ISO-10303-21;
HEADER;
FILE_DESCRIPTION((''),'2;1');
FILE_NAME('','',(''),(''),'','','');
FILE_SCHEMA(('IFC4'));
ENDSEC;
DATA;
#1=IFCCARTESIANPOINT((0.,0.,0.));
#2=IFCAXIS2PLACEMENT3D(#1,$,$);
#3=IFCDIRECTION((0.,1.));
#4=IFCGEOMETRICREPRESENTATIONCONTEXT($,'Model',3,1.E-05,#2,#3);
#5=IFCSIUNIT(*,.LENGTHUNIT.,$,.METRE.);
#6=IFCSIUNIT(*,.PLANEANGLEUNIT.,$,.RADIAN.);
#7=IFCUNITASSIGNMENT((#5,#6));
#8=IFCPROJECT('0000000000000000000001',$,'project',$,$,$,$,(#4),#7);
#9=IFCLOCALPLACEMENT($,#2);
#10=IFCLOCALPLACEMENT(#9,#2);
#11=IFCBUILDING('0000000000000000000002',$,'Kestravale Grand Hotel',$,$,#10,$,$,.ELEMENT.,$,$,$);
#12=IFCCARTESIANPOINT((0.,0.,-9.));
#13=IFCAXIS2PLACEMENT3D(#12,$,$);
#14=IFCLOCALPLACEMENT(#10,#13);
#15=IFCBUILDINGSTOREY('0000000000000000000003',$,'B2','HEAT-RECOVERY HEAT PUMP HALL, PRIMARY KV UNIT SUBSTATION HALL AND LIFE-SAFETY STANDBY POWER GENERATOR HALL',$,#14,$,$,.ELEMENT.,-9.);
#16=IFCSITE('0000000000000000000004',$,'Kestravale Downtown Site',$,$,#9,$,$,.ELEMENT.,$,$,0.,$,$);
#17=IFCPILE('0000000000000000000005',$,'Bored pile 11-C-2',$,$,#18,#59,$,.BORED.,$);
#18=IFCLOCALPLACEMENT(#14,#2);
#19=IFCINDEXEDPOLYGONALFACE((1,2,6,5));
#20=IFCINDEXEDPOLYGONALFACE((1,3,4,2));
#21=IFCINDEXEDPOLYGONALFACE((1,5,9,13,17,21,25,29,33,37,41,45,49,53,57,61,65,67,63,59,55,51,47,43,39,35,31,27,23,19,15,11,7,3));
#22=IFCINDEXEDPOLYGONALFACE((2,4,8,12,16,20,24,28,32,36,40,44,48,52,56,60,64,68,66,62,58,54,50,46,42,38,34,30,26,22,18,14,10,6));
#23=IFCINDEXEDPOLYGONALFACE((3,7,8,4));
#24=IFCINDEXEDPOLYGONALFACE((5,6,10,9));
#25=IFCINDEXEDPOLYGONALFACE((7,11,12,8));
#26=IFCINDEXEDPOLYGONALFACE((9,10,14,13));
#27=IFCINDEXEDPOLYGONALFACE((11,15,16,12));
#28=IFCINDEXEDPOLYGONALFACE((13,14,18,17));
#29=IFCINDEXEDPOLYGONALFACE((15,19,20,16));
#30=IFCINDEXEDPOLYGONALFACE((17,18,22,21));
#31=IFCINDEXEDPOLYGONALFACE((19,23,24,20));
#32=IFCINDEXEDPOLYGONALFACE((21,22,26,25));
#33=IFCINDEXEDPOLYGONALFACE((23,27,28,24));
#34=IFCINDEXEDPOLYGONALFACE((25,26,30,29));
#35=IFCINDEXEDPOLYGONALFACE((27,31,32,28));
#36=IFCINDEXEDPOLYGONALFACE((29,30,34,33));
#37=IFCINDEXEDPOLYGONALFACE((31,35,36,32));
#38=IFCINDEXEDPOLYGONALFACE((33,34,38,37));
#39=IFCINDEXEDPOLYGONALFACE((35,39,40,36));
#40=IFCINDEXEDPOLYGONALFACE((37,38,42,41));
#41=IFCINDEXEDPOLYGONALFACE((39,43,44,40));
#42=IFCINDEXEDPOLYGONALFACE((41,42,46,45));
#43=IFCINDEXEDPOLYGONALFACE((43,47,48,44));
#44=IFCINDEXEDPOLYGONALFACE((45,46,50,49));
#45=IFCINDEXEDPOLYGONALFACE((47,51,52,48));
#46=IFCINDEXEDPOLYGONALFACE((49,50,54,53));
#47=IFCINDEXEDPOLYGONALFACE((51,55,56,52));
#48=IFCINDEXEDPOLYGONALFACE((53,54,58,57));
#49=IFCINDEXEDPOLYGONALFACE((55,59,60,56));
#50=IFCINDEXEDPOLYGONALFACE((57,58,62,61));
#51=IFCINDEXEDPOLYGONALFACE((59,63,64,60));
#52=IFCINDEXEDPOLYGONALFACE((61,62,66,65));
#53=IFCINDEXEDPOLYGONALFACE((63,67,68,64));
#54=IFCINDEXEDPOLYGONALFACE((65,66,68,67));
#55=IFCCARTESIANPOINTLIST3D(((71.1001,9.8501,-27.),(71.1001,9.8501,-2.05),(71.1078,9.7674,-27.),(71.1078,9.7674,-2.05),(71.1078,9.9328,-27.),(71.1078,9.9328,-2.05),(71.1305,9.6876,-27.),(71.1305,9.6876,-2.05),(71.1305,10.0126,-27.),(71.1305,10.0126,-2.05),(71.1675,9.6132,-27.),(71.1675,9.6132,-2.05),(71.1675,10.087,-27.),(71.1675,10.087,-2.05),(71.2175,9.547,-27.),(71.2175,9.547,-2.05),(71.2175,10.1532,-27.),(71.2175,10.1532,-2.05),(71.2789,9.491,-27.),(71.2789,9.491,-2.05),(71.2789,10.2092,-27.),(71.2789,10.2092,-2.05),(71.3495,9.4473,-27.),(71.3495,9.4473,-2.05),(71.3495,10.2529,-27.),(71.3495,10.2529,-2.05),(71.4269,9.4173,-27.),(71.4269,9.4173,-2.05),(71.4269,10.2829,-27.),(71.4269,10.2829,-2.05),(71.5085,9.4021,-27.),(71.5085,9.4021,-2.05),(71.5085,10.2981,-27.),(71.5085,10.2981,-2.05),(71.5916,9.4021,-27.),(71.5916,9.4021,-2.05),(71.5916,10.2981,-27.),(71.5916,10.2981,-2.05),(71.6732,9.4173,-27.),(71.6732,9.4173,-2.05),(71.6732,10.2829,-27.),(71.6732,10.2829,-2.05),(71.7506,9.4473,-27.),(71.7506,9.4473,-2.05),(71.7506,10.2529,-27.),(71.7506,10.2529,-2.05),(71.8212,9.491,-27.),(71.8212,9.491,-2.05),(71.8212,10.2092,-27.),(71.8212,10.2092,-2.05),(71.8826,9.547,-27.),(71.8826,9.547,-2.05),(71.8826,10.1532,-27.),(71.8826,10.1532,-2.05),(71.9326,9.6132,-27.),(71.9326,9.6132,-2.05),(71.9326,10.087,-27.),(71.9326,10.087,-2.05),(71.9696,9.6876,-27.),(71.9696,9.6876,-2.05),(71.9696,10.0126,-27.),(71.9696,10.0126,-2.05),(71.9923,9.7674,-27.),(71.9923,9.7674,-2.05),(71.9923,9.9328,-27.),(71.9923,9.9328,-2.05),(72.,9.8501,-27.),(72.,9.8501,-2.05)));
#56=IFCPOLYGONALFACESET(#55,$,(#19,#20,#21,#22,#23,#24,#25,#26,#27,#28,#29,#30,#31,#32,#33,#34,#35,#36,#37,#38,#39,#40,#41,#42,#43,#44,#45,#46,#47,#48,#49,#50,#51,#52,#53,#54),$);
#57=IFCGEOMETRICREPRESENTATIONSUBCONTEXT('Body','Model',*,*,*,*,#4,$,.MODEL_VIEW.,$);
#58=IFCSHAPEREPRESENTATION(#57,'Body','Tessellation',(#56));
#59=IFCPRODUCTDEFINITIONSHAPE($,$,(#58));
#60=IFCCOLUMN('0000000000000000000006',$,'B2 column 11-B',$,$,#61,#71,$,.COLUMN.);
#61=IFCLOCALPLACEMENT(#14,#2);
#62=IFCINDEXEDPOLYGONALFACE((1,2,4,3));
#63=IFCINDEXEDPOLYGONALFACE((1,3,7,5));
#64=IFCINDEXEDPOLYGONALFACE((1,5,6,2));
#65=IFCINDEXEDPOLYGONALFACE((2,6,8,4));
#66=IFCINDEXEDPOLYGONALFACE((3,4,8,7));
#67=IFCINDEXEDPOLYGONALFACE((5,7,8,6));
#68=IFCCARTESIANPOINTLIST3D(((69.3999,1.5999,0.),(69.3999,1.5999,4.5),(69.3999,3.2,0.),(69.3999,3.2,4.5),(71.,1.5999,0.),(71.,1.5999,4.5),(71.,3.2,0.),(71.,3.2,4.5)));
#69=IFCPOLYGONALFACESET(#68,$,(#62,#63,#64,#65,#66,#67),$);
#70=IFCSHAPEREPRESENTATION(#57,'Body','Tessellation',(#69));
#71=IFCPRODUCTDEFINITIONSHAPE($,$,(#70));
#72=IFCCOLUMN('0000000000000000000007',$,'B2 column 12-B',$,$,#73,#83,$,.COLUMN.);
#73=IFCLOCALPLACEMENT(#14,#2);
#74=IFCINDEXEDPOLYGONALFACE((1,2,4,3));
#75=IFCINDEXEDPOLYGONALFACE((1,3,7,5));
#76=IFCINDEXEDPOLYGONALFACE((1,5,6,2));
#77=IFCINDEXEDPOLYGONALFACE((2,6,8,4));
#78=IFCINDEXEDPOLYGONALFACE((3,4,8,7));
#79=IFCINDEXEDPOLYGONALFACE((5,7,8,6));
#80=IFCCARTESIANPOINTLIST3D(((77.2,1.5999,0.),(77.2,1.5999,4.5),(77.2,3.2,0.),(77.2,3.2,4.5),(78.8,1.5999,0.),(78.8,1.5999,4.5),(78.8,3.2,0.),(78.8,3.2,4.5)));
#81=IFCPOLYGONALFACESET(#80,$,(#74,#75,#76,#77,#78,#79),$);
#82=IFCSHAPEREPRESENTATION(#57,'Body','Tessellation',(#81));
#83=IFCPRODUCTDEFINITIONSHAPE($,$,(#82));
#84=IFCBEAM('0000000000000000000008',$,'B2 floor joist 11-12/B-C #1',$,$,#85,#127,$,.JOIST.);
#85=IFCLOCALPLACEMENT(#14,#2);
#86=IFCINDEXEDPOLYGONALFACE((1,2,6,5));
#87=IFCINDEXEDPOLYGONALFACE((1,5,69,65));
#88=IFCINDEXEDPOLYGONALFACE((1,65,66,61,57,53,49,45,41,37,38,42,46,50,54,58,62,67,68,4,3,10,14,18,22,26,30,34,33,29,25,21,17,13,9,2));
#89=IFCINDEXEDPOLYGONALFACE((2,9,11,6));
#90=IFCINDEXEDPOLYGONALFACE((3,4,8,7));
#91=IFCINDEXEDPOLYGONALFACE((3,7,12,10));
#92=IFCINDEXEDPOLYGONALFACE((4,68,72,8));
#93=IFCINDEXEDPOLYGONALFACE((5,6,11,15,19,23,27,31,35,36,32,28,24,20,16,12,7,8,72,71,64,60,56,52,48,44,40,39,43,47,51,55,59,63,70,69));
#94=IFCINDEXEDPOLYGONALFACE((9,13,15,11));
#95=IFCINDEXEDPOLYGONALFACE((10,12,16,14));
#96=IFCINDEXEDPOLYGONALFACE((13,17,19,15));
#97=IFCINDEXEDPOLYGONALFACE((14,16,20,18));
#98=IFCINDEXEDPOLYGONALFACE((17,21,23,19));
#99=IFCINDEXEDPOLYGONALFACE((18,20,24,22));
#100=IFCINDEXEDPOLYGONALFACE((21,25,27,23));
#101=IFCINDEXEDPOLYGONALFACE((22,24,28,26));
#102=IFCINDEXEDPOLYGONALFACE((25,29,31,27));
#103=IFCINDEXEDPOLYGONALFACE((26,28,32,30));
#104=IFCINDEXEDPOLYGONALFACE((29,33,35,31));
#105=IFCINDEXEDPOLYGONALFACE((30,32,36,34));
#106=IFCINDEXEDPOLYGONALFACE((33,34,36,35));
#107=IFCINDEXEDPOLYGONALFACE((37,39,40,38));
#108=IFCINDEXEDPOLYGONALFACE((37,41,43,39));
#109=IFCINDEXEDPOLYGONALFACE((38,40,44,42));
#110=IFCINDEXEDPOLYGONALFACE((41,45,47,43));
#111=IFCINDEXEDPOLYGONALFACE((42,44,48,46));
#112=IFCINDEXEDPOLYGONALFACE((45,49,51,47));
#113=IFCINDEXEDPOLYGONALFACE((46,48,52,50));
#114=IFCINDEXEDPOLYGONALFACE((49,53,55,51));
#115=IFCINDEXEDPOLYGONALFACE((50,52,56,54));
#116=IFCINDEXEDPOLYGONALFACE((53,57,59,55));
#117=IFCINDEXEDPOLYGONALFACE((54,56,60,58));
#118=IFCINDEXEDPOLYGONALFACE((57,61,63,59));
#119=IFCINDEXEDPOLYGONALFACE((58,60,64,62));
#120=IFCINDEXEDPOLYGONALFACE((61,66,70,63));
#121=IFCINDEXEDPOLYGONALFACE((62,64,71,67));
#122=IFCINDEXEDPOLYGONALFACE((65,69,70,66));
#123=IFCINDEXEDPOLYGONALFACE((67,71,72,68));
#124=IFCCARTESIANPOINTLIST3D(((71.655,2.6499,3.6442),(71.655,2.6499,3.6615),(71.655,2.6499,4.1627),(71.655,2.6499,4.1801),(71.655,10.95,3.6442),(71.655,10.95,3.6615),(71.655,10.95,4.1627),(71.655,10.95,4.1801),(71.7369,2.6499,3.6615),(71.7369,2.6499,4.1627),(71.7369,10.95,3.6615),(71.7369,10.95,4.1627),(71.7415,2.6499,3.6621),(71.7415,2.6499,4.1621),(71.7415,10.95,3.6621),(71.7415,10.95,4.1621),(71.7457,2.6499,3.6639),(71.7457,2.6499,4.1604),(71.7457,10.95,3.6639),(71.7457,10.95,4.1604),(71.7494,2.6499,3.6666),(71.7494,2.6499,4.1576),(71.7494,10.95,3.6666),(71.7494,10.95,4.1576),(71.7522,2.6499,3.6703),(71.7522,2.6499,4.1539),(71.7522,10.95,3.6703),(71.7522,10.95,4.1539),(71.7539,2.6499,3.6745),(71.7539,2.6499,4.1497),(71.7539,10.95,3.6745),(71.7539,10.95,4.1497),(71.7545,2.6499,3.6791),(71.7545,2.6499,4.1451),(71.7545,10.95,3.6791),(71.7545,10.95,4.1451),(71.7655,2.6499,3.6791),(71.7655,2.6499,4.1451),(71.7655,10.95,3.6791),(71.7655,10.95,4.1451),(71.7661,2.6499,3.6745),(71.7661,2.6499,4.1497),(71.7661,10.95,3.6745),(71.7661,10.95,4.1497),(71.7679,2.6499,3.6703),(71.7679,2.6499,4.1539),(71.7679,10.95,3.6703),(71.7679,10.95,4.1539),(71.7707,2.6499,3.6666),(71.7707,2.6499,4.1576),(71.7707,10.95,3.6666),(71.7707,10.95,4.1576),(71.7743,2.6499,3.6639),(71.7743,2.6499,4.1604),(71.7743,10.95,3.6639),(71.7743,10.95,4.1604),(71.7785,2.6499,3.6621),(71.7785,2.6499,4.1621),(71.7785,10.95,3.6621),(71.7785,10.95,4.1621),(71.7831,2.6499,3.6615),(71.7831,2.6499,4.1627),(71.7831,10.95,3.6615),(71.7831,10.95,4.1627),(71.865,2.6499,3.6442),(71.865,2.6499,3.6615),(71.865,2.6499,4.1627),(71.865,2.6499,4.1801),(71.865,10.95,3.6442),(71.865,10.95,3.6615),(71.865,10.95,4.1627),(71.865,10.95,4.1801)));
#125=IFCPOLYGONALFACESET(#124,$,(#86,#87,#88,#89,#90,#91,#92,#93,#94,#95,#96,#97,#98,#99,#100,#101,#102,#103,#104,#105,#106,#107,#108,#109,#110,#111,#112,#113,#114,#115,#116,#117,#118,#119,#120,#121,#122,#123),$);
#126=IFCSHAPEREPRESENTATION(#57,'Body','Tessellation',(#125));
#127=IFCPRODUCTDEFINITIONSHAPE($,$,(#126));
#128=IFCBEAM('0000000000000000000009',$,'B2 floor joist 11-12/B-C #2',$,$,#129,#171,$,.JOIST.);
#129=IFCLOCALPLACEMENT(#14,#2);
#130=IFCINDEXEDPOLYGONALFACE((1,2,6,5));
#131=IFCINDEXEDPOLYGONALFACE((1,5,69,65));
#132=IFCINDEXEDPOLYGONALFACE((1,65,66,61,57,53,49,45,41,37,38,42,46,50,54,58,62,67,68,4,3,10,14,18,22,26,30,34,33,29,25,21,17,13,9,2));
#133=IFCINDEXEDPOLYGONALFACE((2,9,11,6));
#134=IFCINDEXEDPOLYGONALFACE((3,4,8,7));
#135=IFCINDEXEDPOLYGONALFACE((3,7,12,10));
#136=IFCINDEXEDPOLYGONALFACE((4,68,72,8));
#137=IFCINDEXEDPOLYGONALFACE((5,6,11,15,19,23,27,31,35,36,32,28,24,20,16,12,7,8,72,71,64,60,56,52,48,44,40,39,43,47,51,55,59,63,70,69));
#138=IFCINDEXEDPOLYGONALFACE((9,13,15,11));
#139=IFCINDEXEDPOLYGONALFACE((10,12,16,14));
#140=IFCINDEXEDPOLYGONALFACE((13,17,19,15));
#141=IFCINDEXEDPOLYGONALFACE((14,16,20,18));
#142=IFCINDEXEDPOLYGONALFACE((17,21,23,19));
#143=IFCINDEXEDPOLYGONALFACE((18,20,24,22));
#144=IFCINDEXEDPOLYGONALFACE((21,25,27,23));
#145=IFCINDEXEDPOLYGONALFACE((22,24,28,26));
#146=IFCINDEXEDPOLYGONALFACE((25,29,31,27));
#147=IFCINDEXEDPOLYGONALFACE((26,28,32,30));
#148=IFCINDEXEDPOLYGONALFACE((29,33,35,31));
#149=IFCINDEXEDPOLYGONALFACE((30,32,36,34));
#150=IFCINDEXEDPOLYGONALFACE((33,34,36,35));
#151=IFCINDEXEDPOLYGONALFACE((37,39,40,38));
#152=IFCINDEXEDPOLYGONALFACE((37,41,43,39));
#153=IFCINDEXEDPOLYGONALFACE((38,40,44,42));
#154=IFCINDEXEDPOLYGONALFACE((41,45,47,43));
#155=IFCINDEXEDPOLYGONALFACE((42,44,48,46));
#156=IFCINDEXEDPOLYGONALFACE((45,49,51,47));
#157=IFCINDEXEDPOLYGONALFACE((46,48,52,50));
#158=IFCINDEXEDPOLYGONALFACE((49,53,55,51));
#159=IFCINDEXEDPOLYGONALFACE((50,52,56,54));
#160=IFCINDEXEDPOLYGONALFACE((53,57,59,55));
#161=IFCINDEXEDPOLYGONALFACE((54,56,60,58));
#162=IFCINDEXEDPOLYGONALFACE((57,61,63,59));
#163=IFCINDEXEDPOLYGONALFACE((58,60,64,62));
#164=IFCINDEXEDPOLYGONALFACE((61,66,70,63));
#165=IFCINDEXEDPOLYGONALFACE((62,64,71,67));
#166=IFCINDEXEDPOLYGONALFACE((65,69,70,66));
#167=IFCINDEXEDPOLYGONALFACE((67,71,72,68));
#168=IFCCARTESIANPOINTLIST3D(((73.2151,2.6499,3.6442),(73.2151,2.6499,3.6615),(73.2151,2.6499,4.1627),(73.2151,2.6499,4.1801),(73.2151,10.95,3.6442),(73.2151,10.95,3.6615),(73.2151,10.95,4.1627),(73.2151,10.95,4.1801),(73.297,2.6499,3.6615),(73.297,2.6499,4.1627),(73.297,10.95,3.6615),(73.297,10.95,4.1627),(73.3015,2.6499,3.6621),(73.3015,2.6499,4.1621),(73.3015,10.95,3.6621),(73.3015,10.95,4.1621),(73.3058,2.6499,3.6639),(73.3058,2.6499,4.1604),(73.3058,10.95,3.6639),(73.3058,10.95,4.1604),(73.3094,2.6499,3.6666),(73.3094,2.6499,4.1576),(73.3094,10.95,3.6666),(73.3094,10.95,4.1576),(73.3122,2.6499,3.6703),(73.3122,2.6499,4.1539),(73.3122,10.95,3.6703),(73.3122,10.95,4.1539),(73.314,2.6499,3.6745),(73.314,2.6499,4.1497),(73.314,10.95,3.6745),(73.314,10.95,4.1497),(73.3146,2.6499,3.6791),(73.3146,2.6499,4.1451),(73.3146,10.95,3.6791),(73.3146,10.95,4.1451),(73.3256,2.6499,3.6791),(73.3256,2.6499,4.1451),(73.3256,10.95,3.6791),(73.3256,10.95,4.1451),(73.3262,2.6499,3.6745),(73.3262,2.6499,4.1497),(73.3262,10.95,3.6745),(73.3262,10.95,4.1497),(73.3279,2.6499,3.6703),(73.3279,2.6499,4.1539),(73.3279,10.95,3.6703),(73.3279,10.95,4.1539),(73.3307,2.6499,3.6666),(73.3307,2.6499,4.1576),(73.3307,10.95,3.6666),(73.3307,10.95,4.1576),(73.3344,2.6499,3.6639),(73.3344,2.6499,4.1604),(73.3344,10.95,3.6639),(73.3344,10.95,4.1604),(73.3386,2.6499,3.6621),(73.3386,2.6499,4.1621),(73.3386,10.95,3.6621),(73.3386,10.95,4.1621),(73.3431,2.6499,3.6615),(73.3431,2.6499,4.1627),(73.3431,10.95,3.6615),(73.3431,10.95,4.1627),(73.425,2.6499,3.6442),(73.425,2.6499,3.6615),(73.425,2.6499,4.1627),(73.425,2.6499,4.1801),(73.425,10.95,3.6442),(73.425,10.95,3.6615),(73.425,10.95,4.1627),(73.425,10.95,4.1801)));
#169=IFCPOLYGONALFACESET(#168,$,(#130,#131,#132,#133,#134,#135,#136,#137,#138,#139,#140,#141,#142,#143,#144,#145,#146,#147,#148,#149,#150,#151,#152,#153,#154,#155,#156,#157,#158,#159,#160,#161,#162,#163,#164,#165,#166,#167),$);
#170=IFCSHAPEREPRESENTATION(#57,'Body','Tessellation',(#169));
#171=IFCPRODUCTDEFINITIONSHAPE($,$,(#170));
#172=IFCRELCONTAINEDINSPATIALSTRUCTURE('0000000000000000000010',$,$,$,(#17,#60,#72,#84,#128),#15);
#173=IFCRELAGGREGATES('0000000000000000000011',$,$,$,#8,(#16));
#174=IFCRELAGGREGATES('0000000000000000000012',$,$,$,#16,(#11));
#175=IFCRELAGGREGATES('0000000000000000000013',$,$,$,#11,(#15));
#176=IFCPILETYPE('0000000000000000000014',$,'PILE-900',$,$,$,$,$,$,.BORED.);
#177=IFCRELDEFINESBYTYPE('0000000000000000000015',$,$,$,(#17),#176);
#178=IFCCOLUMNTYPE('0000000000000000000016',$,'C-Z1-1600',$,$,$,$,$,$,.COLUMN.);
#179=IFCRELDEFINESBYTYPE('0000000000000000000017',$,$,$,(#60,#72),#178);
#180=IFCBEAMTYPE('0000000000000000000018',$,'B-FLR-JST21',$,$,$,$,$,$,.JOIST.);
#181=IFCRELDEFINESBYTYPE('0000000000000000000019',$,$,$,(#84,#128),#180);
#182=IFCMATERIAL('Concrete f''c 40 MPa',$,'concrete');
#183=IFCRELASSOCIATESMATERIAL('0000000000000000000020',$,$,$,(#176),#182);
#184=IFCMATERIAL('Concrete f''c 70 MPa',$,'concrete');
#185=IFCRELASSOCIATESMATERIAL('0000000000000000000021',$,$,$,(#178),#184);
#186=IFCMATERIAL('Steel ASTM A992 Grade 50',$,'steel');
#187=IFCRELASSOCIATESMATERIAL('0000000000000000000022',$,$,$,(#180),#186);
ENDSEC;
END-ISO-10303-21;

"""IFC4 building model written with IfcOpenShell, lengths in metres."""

from ifc_helpers import new_model, si_unit, direction, frame, origin, origin_2d, place, context, subcontext, project, spatial, rectangle, circle, i_section, extrude, material, material_profile, profile_set, type_object, element, save


model = new_model("IFC4")

# Units and contexts
model_context = context("Model", 3, precision=1e-05, world=origin(), true_north=direction((0.0, 1.0)))
body_context = subcontext(model_context, "Body", "Model", "MODEL_VIEW")
ifc_project = project(units=[si_unit("LENGTHUNIT", "METRE"), si_unit("PLANEANGLEUNIT", "RADIAN")], contexts=[model_context])

# Site, building, storey
site_placement = place(None, origin())
site = spatial("IfcSite", under=ifc_project, at=site_placement, Name="Kestravale Downtown Site", CompositionType="ELEMENT", RefElevation=0.0)
building_placement = place(site_placement, origin())
building = spatial("IfcBuilding", under=site, at=building_placement, Name="Kestravale Grand Hotel", CompositionType="ELEMENT")
storey_placement = place(building_placement, frame((0.0, 0.0, -9.0)))
storey = spatial("IfcBuildingStorey", under=building, at=storey_placement, Name="B2", Description="HEAT-RECOVERY HEAT PUMP HALL, PRIMARY KV UNIT SUBSTATION HALL AND LIFE-SAFETY STANDBY POWER GENERATOR HALL", CompositionType="ELEMENT", Elevation=-9.0)

# Pile
ifc_material_1 = material(Name="Concrete f'c 40 MPa", Category="concrete")
ifc_material_profile_1 = material_profile(ifc_material_1, circle(Radius=0.45, at=origin_2d()))
ifc_profile_set_1 = profile_set([ifc_material_profile_1], Name="Concrete f'c 40 MPa")
pile_type = type_object("IfcPileType", Name="PILE-900", PredefinedType="BORED", material=ifc_profile_set_1)
pile_1_placement = place(storey_placement, frame((71.55, 9.8501, -2.05), z_axis=(0.0, 0.0, -1.0), x_axis=(1.0, 0.0, 0.0)))
element("IfcPile", 1, at=pile_1_placement, inside=storey, type_object=pile_type, Name="Bored pile 11-C-2", PredefinedType="BORED", context=body_context, shape_type="SweptSolid", body=[
    extrude(circle(Radius=0.45, at=origin_2d()), origin(), (0.0, 0.0, 1.0), 24.95),
])

# Columns
ifc_material_2 = material(Name="Concrete f'c 70 MPa", Category="concrete")
ifc_material_profile_2 = material_profile(ifc_material_2, rectangle(XDim=1.6001, YDim=1.6001, at=origin_2d()))
ifc_profile_set_2 = profile_set([ifc_material_profile_2], Name="Concrete f'c 70 MPa")
column_type = type_object("IfcColumnType", Name="C-Z1-1600", PredefinedType="COLUMN", material=ifc_profile_set_2)
for number, where, z_axis, x_axis, name in (
    (2, (70.2, 2.3999, 0.0), (0.0, 0.0, 1.0), (1.0, 0.0, 0.0), "B2 column 11-B"),
    (3, (78.0, 2.3999, 0.0), (0.0, 0.0, 1.0), (1.0, 0.0, 0.0), "B2 column 12-B"),
):
    element("IfcColumn", number, at=place(storey_placement, frame(where, z_axis=z_axis, x_axis=x_axis)), inside=storey, type_object=column_type, Name=name, PredefinedType="COLUMN", context=body_context, shape_type="SweptSolid", body=[
        extrude(rectangle(XDim=1.6001, YDim=1.6001, at=origin_2d()), origin(), (0.0, 0.0, 1.0), 4.5),
    ])

# Beams
ifc_material_3 = material(Name="Steel ASTM A992 Grade 50", Category="steel")
ifc_material_profile_3 = material_profile(ifc_material_3, i_section(OverallWidth=0.21, OverallDepth=0.5359, WebThickness=0.011, FlangeThickness=0.0173, FilletRadius=0.0176, at=origin_2d()))
ifc_profile_set_3 = profile_set([ifc_material_profile_3], Name="Steel ASTM A992 Grade 50")
beam_type_1 = type_object("IfcBeamType", Name="B-FLR-JST21", PredefinedType="JOIST", material=ifc_profile_set_3)
for number, where, z_axis, x_axis, name in (
    (4, (71.76, 2.6499, 3.9121), (0.0, 1.0, 0.0), (-1.0, 0.0, 0.0), "B2 floor joist 11-12/B-C #1"),
    (5, (73.3201, 2.6499, 3.9121), (0.0, 1.0, 0.0), (-1.0, 0.0, 0.0), "B2 floor joist 11-12/B-C #2"),
):
    element("IfcBeam", number, at=place(storey_placement, frame(where, z_axis=z_axis, x_axis=x_axis)), inside=storey, type_object=beam_type_1, Name=name, PredefinedType="JOIST", context=body_context, shape_type="SweptSolid", body=[
        extrude(i_section(OverallWidth=0.21, OverallDepth=0.5359, WebThickness=0.011, FlangeThickness=0.0173, FilletRadius=0.0176, at=origin_2d()), origin(), (0.0, 0.0, 1.0), 8.3),
    ])

save(model, "model.ifc")
